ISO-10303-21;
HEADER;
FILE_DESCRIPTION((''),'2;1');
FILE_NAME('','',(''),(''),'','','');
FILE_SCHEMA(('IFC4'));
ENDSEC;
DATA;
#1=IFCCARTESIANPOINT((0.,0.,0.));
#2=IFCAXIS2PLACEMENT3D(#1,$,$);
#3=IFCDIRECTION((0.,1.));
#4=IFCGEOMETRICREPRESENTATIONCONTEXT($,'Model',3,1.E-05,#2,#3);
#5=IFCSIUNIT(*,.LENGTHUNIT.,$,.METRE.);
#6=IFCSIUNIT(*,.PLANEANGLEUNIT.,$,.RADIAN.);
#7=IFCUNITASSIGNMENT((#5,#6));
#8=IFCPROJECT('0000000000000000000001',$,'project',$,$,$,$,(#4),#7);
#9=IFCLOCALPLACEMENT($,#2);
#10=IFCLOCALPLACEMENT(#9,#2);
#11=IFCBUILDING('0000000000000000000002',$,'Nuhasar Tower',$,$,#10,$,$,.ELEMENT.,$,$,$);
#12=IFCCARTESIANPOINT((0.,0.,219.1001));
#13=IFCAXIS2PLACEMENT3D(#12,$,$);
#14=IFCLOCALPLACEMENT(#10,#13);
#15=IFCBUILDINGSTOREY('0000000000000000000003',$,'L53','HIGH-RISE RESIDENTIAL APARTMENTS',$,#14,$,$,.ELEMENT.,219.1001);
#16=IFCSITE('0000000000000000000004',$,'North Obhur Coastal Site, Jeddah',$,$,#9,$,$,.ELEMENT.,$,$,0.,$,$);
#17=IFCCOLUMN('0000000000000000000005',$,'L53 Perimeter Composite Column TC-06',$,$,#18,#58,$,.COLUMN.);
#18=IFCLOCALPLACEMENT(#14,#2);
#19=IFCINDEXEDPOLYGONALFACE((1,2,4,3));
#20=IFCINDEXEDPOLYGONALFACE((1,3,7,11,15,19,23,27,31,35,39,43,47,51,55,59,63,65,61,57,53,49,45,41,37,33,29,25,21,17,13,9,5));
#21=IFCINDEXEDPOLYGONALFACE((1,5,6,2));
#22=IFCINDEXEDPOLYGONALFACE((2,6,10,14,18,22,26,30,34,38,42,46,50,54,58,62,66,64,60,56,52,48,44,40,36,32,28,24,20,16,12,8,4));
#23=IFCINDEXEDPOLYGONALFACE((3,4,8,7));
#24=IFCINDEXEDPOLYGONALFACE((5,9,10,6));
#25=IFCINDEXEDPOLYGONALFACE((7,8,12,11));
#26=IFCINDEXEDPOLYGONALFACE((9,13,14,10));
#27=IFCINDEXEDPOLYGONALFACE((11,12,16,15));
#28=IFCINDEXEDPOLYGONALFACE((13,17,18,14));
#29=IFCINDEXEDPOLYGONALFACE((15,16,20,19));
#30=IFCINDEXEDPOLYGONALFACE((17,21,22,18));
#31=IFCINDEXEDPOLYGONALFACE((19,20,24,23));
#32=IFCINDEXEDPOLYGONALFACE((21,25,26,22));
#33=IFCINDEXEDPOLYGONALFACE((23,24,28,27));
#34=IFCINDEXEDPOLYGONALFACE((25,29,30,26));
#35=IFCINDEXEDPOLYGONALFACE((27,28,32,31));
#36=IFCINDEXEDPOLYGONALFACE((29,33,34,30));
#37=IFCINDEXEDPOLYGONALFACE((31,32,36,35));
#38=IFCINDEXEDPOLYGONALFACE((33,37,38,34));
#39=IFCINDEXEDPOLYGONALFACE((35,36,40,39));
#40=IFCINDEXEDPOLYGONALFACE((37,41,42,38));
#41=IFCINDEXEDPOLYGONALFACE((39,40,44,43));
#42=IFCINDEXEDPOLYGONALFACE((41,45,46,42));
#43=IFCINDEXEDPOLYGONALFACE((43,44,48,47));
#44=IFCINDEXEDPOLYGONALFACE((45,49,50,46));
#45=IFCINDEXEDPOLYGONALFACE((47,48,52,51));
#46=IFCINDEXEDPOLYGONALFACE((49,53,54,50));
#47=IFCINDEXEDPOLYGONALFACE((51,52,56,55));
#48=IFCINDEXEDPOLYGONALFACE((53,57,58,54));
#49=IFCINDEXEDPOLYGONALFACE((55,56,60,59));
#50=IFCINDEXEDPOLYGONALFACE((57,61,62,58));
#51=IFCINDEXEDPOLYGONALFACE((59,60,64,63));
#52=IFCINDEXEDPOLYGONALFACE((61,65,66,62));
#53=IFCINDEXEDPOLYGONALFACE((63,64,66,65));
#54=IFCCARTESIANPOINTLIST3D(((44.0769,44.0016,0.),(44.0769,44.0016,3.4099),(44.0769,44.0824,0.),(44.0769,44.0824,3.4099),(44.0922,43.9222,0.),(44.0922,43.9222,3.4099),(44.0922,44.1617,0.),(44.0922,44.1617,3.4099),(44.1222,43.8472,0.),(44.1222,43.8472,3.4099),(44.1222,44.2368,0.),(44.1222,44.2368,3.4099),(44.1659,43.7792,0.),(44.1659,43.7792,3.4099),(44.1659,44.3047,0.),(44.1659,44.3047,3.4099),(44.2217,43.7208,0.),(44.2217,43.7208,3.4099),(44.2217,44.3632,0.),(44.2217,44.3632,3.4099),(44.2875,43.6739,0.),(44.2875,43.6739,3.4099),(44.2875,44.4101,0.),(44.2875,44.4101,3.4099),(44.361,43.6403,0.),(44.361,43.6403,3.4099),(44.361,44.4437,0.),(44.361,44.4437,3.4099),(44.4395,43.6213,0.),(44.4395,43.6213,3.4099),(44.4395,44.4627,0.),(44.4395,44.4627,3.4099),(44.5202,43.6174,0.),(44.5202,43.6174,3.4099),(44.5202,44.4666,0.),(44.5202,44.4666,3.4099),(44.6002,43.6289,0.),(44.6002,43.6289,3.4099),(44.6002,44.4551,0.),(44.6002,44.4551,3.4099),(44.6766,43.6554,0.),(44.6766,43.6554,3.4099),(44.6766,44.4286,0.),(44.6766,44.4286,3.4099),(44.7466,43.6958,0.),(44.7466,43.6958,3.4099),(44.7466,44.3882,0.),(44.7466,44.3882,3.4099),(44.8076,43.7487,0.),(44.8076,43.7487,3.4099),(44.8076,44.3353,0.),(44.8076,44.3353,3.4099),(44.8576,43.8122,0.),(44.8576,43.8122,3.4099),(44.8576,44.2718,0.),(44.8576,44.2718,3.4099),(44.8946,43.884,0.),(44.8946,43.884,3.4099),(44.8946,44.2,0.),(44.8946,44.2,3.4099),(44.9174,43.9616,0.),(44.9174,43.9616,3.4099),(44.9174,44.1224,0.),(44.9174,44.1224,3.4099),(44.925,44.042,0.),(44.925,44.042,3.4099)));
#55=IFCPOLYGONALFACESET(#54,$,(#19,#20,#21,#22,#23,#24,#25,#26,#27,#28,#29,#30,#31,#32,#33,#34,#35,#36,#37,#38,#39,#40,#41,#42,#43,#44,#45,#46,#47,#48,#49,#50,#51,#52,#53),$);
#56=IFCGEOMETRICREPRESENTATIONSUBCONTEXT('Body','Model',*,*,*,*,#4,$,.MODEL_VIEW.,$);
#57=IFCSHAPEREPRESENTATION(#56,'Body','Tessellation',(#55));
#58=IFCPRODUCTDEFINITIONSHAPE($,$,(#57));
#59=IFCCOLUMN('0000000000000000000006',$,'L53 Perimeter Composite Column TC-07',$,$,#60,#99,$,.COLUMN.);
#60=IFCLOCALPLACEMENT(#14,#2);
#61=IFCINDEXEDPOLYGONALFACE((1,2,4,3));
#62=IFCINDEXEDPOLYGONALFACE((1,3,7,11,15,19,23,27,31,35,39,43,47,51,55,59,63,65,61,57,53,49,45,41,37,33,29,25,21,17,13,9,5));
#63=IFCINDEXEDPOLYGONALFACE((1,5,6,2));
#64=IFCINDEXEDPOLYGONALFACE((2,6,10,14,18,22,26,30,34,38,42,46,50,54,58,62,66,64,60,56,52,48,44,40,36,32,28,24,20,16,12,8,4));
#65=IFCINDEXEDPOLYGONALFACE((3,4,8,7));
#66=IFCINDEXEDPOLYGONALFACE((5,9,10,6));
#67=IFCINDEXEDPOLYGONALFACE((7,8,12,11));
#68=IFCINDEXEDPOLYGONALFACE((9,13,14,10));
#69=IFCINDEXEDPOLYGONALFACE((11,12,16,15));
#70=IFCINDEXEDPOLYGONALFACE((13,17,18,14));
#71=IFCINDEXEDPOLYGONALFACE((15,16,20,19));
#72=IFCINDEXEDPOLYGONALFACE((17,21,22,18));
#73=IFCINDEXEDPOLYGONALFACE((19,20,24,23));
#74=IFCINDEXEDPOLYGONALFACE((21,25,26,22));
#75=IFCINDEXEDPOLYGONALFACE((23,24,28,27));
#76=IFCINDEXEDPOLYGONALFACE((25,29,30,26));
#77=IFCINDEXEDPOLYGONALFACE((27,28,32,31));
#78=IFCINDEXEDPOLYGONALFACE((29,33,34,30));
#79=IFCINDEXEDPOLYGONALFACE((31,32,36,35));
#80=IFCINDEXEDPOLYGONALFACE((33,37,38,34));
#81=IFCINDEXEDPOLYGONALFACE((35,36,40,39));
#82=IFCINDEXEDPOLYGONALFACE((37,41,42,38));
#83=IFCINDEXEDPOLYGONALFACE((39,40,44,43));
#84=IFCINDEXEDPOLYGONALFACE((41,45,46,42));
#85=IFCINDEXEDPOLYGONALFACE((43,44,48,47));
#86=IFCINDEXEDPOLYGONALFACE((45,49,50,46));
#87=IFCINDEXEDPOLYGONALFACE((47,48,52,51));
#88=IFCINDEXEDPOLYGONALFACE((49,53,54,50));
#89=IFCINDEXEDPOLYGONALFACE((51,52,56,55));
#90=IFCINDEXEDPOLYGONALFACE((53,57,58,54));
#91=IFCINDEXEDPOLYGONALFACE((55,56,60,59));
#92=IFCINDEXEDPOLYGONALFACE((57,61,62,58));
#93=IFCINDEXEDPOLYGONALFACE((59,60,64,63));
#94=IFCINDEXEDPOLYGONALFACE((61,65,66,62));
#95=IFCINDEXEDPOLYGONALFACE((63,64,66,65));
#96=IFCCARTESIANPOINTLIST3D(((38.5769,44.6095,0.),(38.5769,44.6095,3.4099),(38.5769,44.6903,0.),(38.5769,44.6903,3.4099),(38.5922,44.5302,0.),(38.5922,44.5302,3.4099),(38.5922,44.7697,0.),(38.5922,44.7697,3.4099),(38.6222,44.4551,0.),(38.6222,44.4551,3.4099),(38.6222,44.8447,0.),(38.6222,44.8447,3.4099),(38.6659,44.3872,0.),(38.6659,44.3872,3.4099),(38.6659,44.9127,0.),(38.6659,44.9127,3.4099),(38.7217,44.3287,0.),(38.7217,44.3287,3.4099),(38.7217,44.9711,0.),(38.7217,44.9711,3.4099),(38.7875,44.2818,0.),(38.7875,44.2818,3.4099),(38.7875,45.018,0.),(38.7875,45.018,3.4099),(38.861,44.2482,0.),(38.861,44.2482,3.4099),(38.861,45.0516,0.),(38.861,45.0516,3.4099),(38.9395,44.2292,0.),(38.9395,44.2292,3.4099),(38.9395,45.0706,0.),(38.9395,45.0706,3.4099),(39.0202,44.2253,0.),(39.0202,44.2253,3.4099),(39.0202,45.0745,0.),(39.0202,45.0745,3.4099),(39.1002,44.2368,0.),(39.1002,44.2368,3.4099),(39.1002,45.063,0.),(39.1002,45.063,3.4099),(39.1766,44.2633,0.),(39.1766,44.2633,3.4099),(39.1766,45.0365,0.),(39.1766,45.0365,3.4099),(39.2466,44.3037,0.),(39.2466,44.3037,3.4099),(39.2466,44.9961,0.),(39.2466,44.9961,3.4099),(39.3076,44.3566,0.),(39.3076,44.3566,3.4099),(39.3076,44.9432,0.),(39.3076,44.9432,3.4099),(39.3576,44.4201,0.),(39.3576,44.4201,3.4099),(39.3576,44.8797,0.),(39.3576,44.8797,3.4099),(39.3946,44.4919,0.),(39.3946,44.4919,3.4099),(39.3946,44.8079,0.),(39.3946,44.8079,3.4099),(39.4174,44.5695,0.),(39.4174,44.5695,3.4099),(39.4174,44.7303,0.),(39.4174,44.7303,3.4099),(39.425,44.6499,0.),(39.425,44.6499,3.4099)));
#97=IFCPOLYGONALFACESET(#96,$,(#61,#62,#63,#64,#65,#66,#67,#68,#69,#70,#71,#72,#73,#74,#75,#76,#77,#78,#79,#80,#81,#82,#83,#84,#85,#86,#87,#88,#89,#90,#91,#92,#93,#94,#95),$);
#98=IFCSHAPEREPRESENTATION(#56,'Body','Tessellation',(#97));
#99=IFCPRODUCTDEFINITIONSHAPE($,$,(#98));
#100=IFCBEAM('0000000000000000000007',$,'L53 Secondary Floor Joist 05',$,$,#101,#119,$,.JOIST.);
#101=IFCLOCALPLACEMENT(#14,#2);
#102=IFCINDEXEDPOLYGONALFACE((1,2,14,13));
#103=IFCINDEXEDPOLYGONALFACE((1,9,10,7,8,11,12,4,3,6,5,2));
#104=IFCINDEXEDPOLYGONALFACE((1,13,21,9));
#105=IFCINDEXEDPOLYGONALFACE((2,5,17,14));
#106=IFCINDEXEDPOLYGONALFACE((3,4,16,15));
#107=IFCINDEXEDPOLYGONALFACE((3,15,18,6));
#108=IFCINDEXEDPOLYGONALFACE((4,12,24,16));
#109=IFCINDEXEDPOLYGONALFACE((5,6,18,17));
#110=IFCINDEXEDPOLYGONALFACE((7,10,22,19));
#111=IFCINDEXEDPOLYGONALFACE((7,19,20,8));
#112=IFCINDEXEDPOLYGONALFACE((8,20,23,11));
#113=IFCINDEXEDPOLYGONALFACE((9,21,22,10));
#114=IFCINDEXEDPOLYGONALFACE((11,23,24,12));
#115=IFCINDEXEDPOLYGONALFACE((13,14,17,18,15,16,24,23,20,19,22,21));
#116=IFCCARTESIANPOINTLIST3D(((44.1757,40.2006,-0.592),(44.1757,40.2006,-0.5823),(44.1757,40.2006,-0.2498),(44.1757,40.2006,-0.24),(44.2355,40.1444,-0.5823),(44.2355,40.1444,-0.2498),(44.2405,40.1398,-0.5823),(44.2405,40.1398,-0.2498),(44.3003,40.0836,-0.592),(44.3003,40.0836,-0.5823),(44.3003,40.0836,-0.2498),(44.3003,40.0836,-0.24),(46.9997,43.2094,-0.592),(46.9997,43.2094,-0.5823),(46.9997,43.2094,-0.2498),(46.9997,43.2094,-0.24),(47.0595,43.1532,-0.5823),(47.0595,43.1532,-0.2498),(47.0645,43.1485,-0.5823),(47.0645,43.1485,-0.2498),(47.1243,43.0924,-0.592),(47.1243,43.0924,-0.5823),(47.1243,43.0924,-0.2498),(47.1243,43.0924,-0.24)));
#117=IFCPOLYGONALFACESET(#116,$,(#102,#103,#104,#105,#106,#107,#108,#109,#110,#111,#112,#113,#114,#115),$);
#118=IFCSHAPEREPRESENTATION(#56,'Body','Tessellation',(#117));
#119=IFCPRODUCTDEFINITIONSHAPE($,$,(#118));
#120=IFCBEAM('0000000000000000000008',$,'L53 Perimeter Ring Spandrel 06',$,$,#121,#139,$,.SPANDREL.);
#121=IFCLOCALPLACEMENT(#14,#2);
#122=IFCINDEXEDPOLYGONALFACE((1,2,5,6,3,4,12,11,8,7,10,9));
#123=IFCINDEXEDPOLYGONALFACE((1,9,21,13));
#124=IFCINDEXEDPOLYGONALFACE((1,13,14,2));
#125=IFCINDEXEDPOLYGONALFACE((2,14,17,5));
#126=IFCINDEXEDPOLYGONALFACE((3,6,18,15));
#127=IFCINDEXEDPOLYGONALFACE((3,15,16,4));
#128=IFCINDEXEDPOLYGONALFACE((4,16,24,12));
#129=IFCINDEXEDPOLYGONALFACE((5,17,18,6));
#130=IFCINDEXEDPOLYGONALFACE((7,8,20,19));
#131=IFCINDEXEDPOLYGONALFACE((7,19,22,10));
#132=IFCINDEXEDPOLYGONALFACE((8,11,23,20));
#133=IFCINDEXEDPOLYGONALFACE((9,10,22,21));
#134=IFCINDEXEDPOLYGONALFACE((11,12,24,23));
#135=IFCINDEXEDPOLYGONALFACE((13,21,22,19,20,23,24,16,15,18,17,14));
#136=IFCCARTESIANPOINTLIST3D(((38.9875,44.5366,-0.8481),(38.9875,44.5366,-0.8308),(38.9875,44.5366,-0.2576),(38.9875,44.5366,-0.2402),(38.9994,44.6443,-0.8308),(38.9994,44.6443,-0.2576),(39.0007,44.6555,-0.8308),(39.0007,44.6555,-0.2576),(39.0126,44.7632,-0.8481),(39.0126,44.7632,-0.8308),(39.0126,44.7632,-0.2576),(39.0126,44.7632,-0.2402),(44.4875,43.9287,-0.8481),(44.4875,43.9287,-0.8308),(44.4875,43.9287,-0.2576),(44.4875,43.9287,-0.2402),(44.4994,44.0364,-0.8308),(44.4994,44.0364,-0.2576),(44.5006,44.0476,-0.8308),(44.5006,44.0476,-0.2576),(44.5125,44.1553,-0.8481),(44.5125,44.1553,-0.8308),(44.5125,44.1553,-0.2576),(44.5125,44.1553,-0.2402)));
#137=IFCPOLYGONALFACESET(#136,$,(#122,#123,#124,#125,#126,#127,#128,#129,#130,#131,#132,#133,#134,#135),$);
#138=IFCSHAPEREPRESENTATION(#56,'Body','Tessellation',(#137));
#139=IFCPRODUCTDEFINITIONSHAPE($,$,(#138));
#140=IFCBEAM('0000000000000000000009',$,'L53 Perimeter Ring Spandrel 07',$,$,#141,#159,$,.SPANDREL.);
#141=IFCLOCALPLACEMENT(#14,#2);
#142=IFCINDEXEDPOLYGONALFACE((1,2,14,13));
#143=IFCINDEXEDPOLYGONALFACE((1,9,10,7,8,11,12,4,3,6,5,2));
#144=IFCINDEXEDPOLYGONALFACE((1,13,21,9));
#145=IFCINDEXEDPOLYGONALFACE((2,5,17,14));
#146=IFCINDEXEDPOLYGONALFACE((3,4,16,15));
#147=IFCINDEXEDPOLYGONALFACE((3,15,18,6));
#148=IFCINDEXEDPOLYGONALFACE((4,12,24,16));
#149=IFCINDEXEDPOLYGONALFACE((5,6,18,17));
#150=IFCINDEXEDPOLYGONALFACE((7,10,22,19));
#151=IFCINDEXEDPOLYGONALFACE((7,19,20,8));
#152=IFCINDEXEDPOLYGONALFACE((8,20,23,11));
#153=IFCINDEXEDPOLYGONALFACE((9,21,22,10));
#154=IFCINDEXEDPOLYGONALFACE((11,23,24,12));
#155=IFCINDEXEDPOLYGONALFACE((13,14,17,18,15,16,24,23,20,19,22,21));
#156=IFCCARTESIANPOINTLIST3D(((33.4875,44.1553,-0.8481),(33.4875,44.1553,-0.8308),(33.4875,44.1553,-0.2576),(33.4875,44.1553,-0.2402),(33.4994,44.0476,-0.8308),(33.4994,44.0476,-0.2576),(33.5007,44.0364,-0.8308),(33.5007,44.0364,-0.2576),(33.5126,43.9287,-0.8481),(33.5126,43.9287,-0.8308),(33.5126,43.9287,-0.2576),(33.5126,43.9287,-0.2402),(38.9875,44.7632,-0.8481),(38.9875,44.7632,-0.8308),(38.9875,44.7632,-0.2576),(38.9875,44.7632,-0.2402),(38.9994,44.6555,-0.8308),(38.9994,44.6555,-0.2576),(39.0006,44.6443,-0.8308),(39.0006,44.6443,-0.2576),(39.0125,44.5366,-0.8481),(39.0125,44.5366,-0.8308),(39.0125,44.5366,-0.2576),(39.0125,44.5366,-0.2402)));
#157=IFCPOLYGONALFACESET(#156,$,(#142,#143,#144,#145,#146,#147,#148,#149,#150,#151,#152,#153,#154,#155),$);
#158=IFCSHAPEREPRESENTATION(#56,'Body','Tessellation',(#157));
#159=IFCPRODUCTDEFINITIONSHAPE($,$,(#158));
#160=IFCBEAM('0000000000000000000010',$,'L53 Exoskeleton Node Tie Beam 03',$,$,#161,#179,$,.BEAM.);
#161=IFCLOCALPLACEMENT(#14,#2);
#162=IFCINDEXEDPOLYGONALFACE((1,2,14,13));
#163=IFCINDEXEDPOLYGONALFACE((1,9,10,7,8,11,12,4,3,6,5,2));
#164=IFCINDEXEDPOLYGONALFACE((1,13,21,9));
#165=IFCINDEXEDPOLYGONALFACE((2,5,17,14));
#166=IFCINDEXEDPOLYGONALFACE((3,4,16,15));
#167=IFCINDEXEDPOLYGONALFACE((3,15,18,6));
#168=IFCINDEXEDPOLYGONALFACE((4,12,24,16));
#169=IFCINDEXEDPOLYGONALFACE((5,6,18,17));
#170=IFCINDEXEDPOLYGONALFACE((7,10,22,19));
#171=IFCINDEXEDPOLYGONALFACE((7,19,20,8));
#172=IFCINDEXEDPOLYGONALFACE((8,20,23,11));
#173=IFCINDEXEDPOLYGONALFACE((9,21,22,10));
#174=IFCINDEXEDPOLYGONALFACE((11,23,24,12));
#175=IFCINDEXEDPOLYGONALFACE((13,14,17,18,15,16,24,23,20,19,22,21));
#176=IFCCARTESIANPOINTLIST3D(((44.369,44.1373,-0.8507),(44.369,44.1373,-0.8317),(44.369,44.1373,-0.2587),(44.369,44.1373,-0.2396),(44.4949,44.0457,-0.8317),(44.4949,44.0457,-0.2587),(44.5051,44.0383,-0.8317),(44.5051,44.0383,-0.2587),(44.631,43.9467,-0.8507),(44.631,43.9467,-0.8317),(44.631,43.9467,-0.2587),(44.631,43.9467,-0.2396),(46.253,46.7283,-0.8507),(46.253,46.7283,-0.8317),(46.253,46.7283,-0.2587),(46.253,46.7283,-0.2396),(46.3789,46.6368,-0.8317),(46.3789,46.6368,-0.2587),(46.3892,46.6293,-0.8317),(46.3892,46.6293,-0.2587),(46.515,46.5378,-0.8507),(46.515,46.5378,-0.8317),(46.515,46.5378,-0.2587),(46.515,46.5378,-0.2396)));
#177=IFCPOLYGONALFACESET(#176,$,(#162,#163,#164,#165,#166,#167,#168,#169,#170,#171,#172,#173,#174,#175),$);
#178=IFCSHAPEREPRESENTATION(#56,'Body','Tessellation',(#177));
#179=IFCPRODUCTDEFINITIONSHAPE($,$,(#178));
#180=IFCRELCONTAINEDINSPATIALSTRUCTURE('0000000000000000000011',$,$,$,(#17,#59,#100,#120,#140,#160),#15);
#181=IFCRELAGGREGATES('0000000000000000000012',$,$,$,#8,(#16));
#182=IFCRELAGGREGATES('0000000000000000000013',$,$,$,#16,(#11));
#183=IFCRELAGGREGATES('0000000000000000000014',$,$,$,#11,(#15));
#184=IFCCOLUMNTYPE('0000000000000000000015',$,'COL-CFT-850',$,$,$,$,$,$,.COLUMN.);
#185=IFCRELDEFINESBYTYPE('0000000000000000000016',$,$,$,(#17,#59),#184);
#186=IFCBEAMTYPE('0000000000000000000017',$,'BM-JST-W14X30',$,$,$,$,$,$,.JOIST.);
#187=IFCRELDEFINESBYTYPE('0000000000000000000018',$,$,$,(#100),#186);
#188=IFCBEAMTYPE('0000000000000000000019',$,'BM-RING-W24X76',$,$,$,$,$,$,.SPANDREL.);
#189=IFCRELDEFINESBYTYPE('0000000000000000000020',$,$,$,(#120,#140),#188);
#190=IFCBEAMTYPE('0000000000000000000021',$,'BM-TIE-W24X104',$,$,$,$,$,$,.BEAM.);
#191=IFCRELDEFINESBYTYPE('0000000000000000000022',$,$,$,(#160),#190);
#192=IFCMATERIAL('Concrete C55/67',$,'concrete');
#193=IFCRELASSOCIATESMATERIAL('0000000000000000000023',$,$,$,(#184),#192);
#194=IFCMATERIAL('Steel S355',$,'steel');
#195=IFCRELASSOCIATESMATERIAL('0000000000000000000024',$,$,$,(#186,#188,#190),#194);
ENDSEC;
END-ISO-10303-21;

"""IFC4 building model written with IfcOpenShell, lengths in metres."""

from ifc_helpers import new_model, si_unit, direction, frame, origin, origin_2d, place, context, subcontext, project, spatial, circle, i_section, extrude, material, material_profile, profile_set, type_object, element, save


model = new_model("IFC4")

# Units and contexts
model_context = context("Model", 3, precision=1e-05, world=origin(), true_north=direction((0.0, 1.0)))
body_context = subcontext(model_context, "Body", "Model", "MODEL_VIEW")
ifc_project = project(units=[si_unit("LENGTHUNIT", "METRE"), si_unit("PLANEANGLEUNIT", "RADIAN")], contexts=[model_context])

# Site, building, storey
site_placement = place(None, origin())
site = spatial("IfcSite", under=ifc_project, at=site_placement, Name="North Obhur Coastal Site, Jeddah", CompositionType="ELEMENT", RefElevation=0.0)
building_placement = place(site_placement, origin())
building = spatial("IfcBuilding", under=site, at=building_placement, Name="Nuhasar Tower", CompositionType="ELEMENT")
storey_placement = place(building_placement, frame((0.0, 0.0, 219.1001)))
storey = spatial("IfcBuildingStorey", under=building, at=storey_placement, Name="L53", Description="HIGH-RISE RESIDENTIAL APARTMENTS", CompositionType="ELEMENT", Elevation=219.1001)

# Columns
ifc_material_1 = material(Name="Concrete C55/67", Category="concrete")
ifc_material_profile_1 = material_profile(ifc_material_1, circle(Radius=0.425, at=origin_2d()), Name="CFT850")
ifc_profile_set_1 = profile_set([ifc_material_profile_1], Name="Concrete C55/67")
column_type = type_object("IfcColumnType", Name="COL-CFT-850", PredefinedType="COLUMN", material=ifc_profile_set_1)
for number, where, z_axis, x_axis, name in (
    (1, (44.5, 44.042, 0.0), (0.0, 0.0, 1.0), (1.0, 0.0, 0.0), "L53 Perimeter Composite Column TC-06"),
    (2, (39.0, 44.6499, 0.0), (0.0, 0.0, 1.0), (1.0, 0.0, 0.0), "L53 Perimeter Composite Column TC-07"),
):
    element("IfcColumn", number, at=place(storey_placement, frame(where, z_axis=z_axis, x_axis=x_axis)), inside=storey, type_object=column_type, Name=name, PredefinedType="COLUMN", context=body_context, shape_type="SweptSolid", body=[
        extrude(circle(Radius=0.425, at=origin_2d()), origin(), (0.0, 0.0, 1.0), 3.4099),
    ])

# Beams
ifc_material_2 = material(Name="Steel S355", Category="steel")
ifc_material_profile_2 = material_profile(ifc_material_2, i_section(OverallWidth=0.1709, OverallDepth=0.3521, WebThickness=0.0068, FlangeThickness=0.0098, at=origin_2d()), Name="W14X30")
ifc_profile_set_2 = profile_set([ifc_material_profile_2], Name="Steel S355")
beam_type_1 = type_object("IfcBeamType", Name="BM-JST-W14X30", PredefinedType="JOIST", material=ifc_profile_set_2)
beam_1_placement = place(storey_placement, frame((44.238, 40.1421, -0.416), z_axis=(0.684358, 0.729146, 0.0), x_axis=(-0.729146, 0.684358, 0.0)))
element("IfcBeam", 3, at=beam_1_placement, inside=storey, type_object=beam_type_1, Name="L53 Secondary Floor Joist 05", PredefinedType="JOIST", context=body_context, shape_type="SweptSolid", body=[
    extrude(i_section(OverallWidth=0.1709, OverallDepth=0.3521, WebThickness=0.0068, FlangeThickness=0.0098, at=origin_2d()), origin(), (0.0, 0.0, 1.0), 4.1265),
])
ifc_material_profile_3 = material_profile(ifc_material_2, i_section(OverallWidth=0.228, OverallDepth=0.6079, WebThickness=0.0112, FlangeThickness=0.0173, at=origin_2d()), Name="W24X76")
ifc_profile_set_3 = profile_set([ifc_material_profile_3], Name="Steel S355")
beam_type_2 = type_object("IfcBeamType", Name="BM-RING-W24X76", PredefinedType="SPANDREL", material=ifc_profile_set_3)
for number, where, z_axis, x_axis, name in (
    (4, (44.5, 44.042, -0.5442), (-0.993947, 0.10986, 0.0), (-0.10986, -0.993947, 0.0), "L53 Perimeter Ring Spandrel 06"),
    (5, (39.0, 44.6499, -0.5442), (-0.993947, -0.10986, 0.0), (0.10986, -0.993947, 0.0), "L53 Perimeter Ring Spandrel 07"),
):
    element("IfcBeam", number, at=place(storey_placement, frame(where, z_axis=z_axis, x_axis=x_axis)), inside=storey, type_object=beam_type_2, Name=name, PredefinedType="SPANDREL", context=body_context, shape_type="SweptSolid", body=[
        extrude(i_section(OverallWidth=0.228, OverallDepth=0.6079, WebThickness=0.0112, FlangeThickness=0.0173, at=origin_2d()), origin(), (0.0, 0.0, 1.0), 5.5334),
    ])
ifc_material_profile_4 = material_profile(ifc_material_2, i_section(OverallWidth=0.324, OverallDepth=0.6111, WebThickness=0.0127, FlangeThickness=0.019, at=origin_2d()), Name="W24X104")
ifc_profile_set_4 = profile_set([ifc_material_profile_4], Name="Steel S355")
beam_type_3 = type_object("IfcBeamType", Name="BM-TIE-W24X104", PredefinedType="BEAM", material=ifc_profile_set_4)
beam_2_placement = place(storey_placement, frame((44.5, 44.042, -0.5452), z_axis=(0.588095, 0.808792, 0.0), x_axis=(-0.808792, 0.588095, 0.0)))
element("IfcBeam", 6, at=beam_2_placement, inside=storey, type_object=beam_type_3, Name="L53 Exoskeleton Node Tie Beam 03", PredefinedType="BEAM", context=body_context, shape_type="SweptSolid", body=[
    extrude(i_section(OverallWidth=0.324, OverallDepth=0.6111, WebThickness=0.0127, FlangeThickness=0.019, at=origin_2d()), origin(), (0.0, 0.0, 1.0), 3.2036),
])

save(model, "model.ifc")
